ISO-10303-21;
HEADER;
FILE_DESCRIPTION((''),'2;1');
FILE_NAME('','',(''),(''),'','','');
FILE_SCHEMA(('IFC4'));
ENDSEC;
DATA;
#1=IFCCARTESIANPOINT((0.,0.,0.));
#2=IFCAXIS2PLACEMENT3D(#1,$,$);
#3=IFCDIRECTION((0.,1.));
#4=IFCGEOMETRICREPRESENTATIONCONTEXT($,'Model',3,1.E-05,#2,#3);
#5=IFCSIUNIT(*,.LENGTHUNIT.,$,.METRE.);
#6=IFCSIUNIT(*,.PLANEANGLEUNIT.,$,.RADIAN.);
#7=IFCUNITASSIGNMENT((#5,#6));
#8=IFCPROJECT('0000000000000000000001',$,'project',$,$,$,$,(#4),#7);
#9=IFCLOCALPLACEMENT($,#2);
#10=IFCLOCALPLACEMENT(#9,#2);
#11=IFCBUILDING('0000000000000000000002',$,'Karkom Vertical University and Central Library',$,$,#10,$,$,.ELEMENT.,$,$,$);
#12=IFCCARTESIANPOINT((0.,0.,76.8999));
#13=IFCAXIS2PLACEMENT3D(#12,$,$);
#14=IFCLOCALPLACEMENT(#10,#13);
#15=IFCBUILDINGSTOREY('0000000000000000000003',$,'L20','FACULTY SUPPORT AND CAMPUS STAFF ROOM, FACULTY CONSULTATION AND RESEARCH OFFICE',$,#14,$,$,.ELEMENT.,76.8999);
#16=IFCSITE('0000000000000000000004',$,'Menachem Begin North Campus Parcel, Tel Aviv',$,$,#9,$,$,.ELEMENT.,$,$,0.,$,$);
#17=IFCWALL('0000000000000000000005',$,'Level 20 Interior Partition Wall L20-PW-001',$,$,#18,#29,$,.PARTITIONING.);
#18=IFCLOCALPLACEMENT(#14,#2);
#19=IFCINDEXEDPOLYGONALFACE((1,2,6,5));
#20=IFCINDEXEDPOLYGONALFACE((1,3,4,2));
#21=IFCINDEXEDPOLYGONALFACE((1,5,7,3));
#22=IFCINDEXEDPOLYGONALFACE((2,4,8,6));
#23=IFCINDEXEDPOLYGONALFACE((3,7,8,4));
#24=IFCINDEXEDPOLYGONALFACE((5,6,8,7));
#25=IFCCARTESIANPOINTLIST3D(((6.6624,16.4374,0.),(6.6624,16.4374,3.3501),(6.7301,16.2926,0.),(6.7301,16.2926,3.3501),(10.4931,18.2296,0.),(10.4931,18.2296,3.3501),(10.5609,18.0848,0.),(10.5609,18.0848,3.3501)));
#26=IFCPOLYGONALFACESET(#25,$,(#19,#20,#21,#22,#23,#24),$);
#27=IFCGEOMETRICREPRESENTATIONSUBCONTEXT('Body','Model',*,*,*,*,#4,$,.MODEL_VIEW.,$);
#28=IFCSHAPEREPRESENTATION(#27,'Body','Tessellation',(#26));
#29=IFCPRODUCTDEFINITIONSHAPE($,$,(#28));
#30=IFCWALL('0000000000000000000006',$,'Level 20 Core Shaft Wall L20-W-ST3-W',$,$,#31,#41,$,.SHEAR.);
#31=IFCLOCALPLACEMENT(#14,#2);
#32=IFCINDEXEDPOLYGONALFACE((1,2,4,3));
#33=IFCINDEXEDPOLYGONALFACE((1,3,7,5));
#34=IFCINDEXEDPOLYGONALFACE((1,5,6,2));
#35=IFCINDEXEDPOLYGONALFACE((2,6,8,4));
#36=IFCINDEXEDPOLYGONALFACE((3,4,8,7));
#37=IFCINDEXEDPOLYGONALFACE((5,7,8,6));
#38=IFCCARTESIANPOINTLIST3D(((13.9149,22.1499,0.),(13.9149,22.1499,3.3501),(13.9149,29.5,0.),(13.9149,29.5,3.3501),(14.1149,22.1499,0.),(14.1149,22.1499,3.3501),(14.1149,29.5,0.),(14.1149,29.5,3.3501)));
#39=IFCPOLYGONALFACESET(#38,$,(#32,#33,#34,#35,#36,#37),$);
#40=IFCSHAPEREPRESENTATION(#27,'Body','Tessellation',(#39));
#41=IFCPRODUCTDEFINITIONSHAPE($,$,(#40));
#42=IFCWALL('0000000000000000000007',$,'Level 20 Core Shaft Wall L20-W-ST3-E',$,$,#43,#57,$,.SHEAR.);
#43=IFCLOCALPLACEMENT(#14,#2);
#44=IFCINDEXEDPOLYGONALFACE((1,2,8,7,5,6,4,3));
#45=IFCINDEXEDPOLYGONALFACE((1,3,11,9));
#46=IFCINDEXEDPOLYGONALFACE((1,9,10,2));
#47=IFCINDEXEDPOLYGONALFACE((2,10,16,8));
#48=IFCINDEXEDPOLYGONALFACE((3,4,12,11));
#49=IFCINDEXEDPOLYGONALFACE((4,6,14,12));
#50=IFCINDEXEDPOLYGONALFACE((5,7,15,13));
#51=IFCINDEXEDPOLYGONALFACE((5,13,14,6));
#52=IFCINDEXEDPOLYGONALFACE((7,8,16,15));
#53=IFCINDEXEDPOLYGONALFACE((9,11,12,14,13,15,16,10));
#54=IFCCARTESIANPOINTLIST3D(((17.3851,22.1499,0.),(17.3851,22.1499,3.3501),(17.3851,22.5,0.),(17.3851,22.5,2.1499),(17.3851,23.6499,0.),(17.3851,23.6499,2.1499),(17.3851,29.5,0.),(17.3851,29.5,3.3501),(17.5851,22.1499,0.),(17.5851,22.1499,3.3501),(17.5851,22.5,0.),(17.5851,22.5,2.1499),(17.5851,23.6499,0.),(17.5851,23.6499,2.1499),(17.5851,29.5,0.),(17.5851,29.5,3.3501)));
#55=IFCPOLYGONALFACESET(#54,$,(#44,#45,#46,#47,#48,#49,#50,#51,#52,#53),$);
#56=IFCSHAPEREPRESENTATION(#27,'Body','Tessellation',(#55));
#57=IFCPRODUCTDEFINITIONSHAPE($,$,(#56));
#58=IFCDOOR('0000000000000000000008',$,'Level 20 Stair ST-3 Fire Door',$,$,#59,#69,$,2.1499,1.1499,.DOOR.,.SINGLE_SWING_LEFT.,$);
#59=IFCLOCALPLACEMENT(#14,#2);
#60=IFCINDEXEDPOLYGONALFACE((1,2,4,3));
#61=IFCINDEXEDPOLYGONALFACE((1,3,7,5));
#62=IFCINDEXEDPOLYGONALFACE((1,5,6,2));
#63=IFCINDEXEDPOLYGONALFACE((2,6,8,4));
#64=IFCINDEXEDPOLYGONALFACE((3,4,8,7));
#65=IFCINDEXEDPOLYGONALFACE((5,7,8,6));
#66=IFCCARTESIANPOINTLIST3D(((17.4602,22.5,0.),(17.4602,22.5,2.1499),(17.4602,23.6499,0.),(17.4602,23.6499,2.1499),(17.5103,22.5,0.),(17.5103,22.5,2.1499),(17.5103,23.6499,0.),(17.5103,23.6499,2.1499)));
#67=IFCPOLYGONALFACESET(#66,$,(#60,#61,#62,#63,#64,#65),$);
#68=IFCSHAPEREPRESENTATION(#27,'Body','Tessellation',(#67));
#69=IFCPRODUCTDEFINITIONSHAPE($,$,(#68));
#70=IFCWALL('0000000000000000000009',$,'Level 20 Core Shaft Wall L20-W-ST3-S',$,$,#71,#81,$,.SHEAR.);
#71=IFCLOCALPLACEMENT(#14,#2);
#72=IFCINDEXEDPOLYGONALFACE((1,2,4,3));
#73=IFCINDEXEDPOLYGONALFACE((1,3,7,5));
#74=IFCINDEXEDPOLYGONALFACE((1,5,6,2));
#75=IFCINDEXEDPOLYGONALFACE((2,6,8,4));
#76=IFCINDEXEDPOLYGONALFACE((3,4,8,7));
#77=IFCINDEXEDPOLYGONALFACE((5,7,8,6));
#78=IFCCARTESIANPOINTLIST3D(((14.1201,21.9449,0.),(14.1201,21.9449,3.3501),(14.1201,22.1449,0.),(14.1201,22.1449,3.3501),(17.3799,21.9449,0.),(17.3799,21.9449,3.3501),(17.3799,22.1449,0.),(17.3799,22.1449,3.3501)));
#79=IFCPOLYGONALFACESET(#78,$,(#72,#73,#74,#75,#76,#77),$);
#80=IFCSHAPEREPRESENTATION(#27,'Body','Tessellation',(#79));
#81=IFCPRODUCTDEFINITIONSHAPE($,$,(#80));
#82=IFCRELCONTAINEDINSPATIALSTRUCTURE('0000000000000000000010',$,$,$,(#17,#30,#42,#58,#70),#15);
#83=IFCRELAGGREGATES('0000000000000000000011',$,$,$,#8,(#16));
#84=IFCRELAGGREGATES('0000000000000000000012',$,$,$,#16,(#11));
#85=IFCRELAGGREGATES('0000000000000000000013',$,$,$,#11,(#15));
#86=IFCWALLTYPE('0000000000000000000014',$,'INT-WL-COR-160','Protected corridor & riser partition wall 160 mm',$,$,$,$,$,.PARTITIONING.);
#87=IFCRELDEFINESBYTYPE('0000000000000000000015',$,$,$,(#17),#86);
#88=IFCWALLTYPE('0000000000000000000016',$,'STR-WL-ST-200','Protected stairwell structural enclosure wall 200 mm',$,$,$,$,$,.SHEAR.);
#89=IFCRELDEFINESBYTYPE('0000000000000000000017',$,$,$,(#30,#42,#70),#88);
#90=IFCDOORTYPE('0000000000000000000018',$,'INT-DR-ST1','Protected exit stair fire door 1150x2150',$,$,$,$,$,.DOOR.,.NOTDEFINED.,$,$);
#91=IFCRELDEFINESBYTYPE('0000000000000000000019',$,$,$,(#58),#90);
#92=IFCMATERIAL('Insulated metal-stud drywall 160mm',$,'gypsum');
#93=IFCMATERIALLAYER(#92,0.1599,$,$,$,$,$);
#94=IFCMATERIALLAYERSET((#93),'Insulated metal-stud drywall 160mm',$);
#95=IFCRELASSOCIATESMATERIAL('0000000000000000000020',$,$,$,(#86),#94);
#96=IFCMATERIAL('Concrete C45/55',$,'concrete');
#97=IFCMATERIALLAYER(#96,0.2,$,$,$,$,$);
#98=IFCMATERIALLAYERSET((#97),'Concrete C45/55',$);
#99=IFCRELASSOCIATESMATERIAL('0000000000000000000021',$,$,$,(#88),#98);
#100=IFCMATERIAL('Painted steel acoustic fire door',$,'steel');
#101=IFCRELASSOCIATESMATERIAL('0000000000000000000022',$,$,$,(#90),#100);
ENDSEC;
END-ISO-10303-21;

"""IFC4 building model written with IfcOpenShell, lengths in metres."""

from ifc_helpers import new_model, si_unit, direction, frame, frame_2d, origin, origin_with_axes, place, context, subcontext, project, spatial, rectangle, extrude, source, transform, mapped, material, layer, layer_set, type_object, element, fill, save


model = new_model("IFC4")

# Units and contexts
model_context = context("Model", 3, precision=1e-05, world=origin(), true_north=direction((0.0, 1.0)))
body_context = subcontext(model_context, "Body", "Model", "MODEL_VIEW")
ifc_project = project(units=[si_unit("LENGTHUNIT", "METRE"), si_unit("PLANEANGLEUNIT", "RADIAN")], contexts=[model_context])

# Site, building, storey
site_placement = place(None, origin())
site = spatial("IfcSite", under=ifc_project, at=site_placement, Name="Menachem Begin North Campus Parcel, Tel Aviv", CompositionType="ELEMENT", RefElevation=0.0)
building_placement = place(site_placement, origin())
building = spatial("IfcBuilding", under=site, at=building_placement, Name="Karkom Vertical University and Central Library", CompositionType="ELEMENT")
storey_placement = place(building_placement, frame((0.0, 0.0, 76.8999)))
storey = spatial("IfcBuildingStorey", under=building, at=storey_placement, Name="L20", Description="FACULTY SUPPORT AND CAMPUS STAFF ROOM, FACULTY CONSULTATION AND RESEARCH OFFICE", CompositionType="ELEMENT", Elevation=76.8999)

# Shared definitions
ifc_material_1 = material(Name="Insulated metal-stud drywall 160mm", Category="gypsum")
ifc_layer_1 = layer(ifc_material_1, 0.1599)
ifc_layer_set_1 = layer_set([ifc_layer_1], Name="Insulated metal-stud drywall 160mm")
wall_type_1 = type_object("IfcWallType", Name="INT-WL-COR-160", Description="Protected corridor & riser partition wall 160 mm", PredefinedType="PARTITIONING", material=ifc_layer_set_1)

# Walls
wall_1_placement = place(storey_placement, frame((10.5271, 18.1572, 0.0), z_axis=(0.0, 0.0, 1.0), x_axis=(-0.905773, -0.423764, 0.0)))
element("IfcWall", 1, at=wall_1_placement, inside=storey, type_object=wall_type_1, Name="Level 20 Interior Partition Wall L20-PW-001", PredefinedType="PARTITIONING", context=body_context, shape_type="SweptSolid", body=[
    extrude(rectangle(XDim=4.2292, YDim=0.1599, at=frame_2d((2.1147, 0.0))), origin(), (0.0, 0.0, 1.0), 3.3501),
])
ifc_material_2 = material(Name="Concrete C45/55", Category="concrete")
ifc_layer_2 = layer(ifc_material_2, 0.2)
ifc_layer_set_2 = layer_set([ifc_layer_2], Name="Concrete C45/55")
wall_type_2 = type_object("IfcWallType", Name="STR-WL-ST-200", Description="Protected stairwell structural enclosure wall 200 mm", PredefinedType="SHEAR", material=ifc_layer_set_2)
wall_2_placement = place(storey_placement, frame((14.0149, 22.1499, 0.0), z_axis=(0.0, 0.0, 1.0), x_axis=(0.0, 1.0, 0.0)))
element("IfcWall", 2, at=wall_2_placement, inside=storey, type_object=wall_type_2, Name="Level 20 Core Shaft Wall L20-W-ST3-W", PredefinedType="SHEAR", context=body_context, shape_type="SweptSolid", body=[
    extrude(rectangle(XDim=7.3501, YDim=0.2, at=frame_2d((3.675, 0.0))), origin(), (0.0, 0.0, 1.0), 3.3501),
])

# Wall, opening, door
wall_3_placement = place(storey_placement, frame((17.4851, 22.1499, 0.0), z_axis=(0.0, 0.0, 1.0), x_axis=(0.0, 1.0, 0.0)))
wall_3 = element("IfcWall", 3, at=wall_3_placement, inside=storey, type_object=wall_type_2, Name="Level 20 Core Shaft Wall L20-W-ST3-E", PredefinedType="SHEAR", context=body_context, shape_type="SweptSolid", body=[
    extrude(rectangle(XDim=7.3501, YDim=0.2, at=frame_2d((3.675, 0.0))), origin(), (0.0, 0.0, 1.0), 3.3501),
])
opening_1_placement = place(wall_3_placement, frame((0.3501, 0.0, 0.0)))
opening_1 = element("IfcOpeningElement", 4, at=opening_1_placement, cuts=wall_3, PredefinedType="OPENING", context=body_context, shape_type="SweptSolid", body=[
    extrude(rectangle(XDim=1.1499, YDim=2.1499, at=frame_2d((0.575, 1.075))), frame((0.0, 0.1099, 0.0), z_axis=(0.0, -1.0, 0.0), x_axis=(1.0, 0.0, 0.0)), (0.0, 0.0, 1.0), 0.22),
])
ifc_material_3 = material(Name="Painted steel acoustic fire door", Category="steel")
door_type_1 = type_object("IfcDoorType", Name="INT-DR-ST1", Description="Protected exit stair fire door 1150x2150", OperationType="NOTDEFINED", PredefinedType="DOOR", material=ifc_material_3)
shared_shape_1 = source(origin_with_axes(), body_context, "Body", "SweptSolid", [
    extrude(rectangle(XDim=1.1499, YDim=2.1499, at=frame_2d((0.575, 1.075))), frame((0.0, 0.0249, 0.0), z_axis=(0.0, -1.0, 0.0), x_axis=(1.0, 0.0, 0.0)), (0.0, 0.0, 1.0), 0.05),
])
door_1_placement = place(opening_1_placement, origin())
door_1 = element("IfcDoor", 5, at=door_1_placement, inside=storey, type_object=door_type_1, Name="Level 20 Stair ST-3 Fire Door", OperationType="SINGLE_SWING_LEFT", OverallHeight=2.1499, OverallWidth=1.1499, PredefinedType="DOOR", context=body_context, shape_type="MappedRepresentation", body=[
    mapped(shared_shape_1, transform((0.0, 0.0, 0.0), scale=1.0)),
])
fill(opening_1, door_1)

# Wall
wall_4_placement = place(storey_placement, frame((14.1201, 22.0449, 0.0), z_axis=(0.0, 0.0, 1.0), x_axis=(1.0, 0.0, 0.0)))
element("IfcWall", 6, at=wall_4_placement, inside=storey, type_object=wall_type_2, Name="Level 20 Core Shaft Wall L20-W-ST3-S", PredefinedType="SHEAR", context=body_context, shape_type="SweptSolid", body=[
    extrude(rectangle(XDim=3.2598, YDim=0.2, at=frame_2d((1.6299, 0.0))), origin(), (0.0, 0.0, 1.0), 3.3501),
])

save(model, "model.ifc")
